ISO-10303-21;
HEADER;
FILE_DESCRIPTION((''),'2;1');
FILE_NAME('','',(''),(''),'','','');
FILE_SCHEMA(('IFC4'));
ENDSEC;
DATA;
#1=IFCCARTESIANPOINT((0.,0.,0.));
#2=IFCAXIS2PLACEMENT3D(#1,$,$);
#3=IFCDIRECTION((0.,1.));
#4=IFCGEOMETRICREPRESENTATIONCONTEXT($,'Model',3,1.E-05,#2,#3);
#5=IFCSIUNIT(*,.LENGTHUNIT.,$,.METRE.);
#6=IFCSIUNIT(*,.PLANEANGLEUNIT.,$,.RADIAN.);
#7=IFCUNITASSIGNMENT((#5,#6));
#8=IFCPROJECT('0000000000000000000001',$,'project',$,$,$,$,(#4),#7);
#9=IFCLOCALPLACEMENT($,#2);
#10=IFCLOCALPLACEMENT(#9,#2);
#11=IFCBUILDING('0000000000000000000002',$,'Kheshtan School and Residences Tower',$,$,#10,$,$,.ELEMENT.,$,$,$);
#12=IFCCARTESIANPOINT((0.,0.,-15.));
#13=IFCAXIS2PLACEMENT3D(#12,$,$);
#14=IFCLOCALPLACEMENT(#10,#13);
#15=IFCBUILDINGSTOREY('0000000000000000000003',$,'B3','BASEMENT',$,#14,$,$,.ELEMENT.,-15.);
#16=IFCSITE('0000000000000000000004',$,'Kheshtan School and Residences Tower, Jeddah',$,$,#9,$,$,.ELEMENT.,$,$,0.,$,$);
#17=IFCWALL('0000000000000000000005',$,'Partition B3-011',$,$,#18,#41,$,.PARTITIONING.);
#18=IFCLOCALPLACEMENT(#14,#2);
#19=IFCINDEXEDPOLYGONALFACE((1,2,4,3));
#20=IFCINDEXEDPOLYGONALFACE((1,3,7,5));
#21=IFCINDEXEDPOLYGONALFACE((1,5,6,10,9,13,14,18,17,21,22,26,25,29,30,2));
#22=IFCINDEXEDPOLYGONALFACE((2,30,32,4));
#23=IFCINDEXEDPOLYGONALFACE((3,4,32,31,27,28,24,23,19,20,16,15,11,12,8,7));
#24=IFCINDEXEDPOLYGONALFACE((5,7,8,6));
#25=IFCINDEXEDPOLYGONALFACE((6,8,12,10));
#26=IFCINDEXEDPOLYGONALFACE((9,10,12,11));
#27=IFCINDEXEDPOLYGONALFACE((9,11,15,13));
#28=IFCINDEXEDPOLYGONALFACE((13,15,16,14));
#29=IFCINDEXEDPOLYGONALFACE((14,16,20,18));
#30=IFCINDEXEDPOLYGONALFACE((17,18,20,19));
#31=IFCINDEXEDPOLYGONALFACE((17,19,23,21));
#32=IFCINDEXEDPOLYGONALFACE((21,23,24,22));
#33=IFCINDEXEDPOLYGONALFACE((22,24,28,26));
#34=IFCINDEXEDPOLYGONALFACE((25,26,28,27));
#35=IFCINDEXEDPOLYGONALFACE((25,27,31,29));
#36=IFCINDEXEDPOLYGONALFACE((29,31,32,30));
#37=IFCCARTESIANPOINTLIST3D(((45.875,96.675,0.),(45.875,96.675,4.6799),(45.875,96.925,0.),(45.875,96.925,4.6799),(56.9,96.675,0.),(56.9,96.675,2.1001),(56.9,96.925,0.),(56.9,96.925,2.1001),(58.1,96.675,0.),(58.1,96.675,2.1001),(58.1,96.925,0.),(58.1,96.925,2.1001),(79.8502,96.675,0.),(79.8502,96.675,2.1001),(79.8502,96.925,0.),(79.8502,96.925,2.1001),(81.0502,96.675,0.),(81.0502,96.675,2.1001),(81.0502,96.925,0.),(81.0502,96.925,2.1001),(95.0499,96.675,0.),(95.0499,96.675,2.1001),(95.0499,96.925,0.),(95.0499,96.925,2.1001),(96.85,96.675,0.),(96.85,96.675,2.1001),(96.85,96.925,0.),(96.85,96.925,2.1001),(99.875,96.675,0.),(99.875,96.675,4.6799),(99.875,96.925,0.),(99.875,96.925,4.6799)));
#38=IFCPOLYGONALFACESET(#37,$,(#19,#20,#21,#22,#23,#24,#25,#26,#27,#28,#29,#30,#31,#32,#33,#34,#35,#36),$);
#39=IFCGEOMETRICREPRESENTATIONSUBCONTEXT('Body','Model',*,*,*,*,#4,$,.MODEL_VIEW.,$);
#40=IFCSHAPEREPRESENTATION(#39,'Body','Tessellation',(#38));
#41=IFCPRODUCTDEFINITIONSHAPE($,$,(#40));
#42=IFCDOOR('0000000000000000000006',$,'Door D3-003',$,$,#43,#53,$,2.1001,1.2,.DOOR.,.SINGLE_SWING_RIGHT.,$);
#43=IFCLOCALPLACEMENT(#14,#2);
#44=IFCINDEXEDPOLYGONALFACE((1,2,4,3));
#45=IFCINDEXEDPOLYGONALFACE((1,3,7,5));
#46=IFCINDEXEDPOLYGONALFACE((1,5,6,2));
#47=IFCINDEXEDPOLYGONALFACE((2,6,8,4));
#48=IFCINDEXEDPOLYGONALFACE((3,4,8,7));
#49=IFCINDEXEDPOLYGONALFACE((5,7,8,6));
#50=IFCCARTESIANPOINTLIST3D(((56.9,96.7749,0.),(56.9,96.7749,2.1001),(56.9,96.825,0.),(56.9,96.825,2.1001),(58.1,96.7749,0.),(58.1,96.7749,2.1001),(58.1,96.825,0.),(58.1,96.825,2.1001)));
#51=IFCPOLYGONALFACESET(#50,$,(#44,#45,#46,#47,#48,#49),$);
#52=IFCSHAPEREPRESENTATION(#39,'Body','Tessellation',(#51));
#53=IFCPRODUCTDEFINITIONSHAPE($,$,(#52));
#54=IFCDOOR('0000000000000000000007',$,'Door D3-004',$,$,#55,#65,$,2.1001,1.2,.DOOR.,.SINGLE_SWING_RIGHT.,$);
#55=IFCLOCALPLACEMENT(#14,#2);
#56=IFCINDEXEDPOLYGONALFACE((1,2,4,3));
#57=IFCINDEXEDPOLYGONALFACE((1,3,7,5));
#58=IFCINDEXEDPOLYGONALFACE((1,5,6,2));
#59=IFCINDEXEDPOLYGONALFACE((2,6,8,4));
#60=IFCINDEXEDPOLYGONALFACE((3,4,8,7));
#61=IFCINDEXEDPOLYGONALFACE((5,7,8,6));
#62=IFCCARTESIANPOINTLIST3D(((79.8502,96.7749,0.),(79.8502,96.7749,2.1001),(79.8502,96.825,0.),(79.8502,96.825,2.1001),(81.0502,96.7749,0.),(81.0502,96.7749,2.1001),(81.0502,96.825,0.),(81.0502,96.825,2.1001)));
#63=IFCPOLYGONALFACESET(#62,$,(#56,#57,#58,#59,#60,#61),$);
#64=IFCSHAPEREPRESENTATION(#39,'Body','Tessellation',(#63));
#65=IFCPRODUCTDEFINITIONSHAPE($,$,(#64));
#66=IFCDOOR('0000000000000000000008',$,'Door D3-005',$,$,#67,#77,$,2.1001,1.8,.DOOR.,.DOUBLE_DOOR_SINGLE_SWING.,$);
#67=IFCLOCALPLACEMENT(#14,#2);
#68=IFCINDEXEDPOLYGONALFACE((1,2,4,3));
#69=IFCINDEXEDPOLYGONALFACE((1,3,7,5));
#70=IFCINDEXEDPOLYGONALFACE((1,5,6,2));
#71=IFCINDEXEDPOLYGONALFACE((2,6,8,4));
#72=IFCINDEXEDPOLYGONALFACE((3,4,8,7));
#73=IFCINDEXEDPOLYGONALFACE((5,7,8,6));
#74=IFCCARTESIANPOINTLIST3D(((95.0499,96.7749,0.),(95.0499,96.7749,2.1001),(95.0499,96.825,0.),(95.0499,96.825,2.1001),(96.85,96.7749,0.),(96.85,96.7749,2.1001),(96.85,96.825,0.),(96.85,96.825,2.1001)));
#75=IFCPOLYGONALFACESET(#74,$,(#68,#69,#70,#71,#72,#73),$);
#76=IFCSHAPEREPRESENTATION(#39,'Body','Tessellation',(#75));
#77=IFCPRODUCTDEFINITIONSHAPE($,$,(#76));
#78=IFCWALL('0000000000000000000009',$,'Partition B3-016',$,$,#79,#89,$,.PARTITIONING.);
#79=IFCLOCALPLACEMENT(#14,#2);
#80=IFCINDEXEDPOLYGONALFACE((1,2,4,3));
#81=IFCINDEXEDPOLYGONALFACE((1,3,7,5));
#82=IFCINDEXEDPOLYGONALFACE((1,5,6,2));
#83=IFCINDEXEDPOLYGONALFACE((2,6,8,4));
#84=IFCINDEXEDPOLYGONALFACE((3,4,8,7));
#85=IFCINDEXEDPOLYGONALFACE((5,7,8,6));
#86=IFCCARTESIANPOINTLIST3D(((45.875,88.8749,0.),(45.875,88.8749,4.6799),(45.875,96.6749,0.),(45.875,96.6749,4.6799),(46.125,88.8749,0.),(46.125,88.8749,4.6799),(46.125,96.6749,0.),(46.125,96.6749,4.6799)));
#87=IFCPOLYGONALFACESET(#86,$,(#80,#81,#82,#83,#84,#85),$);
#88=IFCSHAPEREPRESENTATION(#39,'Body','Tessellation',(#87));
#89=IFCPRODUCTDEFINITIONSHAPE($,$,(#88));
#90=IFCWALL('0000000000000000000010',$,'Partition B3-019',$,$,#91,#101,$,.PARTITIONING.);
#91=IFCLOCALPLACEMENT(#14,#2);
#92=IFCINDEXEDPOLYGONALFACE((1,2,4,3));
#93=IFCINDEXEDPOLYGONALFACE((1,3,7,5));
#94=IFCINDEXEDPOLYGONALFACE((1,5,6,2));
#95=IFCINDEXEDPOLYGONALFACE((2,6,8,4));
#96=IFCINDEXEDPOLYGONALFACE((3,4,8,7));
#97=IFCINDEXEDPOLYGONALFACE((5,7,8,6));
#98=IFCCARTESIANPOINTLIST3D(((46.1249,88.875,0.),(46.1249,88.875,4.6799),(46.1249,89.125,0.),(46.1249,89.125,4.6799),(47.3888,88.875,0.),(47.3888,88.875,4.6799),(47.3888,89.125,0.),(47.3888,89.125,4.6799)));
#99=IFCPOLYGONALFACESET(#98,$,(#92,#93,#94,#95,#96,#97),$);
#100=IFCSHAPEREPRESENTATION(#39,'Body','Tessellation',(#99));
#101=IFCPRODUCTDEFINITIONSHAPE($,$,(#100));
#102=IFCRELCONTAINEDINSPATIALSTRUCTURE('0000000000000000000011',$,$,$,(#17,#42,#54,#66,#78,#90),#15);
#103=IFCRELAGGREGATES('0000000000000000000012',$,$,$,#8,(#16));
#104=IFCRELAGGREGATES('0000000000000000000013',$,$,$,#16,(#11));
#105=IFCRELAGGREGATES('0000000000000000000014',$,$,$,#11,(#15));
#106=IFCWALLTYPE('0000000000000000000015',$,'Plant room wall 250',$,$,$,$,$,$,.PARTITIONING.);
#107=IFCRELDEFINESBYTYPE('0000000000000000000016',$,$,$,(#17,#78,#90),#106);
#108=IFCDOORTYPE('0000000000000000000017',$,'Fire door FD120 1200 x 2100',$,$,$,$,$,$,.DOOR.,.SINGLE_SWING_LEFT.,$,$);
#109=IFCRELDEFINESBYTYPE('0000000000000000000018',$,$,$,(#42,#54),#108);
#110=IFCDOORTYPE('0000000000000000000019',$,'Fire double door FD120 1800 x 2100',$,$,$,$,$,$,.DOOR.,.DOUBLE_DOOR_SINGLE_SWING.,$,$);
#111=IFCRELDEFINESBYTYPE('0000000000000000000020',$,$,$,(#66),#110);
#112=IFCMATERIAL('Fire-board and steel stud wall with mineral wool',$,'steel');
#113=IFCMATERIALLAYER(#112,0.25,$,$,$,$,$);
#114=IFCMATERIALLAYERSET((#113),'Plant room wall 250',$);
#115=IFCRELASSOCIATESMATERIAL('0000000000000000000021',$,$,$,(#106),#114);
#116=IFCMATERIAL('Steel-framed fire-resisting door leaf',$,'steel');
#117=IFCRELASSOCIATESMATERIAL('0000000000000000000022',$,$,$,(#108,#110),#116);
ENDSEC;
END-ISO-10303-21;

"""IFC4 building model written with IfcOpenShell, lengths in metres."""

from ifc_helpers import new_model, si_unit, direction, frame, frame_2d, origin, place, context, subcontext, project, spatial, rectangle, extrude, source, transform, mapped, material, layer, layer_set, type_object, element, fill, save


model = new_model("IFC4")

# Units and contexts
model_context = context("Model", 3, precision=1e-05, world=origin(), true_north=direction((0.0, 1.0)))
body_context = subcontext(model_context, "Body", "Model", "MODEL_VIEW")
ifc_project = project(units=[si_unit("LENGTHUNIT", "METRE"), si_unit("PLANEANGLEUNIT", "RADIAN")], contexts=[model_context])

# Site, building, storey
site_placement = place(None, origin())
site = spatial("IfcSite", under=ifc_project, at=site_placement, Name="Kheshtan School and Residences Tower, Jeddah", CompositionType="ELEMENT", RefElevation=0.0)
building_placement = place(site_placement, origin())
building = spatial("IfcBuilding", under=site, at=building_placement, Name="Kheshtan School and Residences Tower", CompositionType="ELEMENT")
storey_placement = place(building_placement, frame((0.0, 0.0, -15.0)))
storey = spatial("IfcBuildingStorey", under=building, at=storey_placement, Name="B3", Description="BASEMENT", CompositionType="ELEMENT", Elevation=-15.0)

# Wall, openings, doors
ifc_material_1 = material(Name="Fire-board and steel stud wall with mineral wool", Category="steel")
ifc_layer = layer(ifc_material_1, 0.25)
ifc_layer_set = layer_set([ifc_layer], Name="Plant room wall 250")
wall_type = type_object("IfcWallType", Name="Plant room wall 250", PredefinedType="PARTITIONING", material=ifc_layer_set)
wall_1_placement = place(storey_placement, frame((45.875, 96.8, 0.0), z_axis=(0.0, 0.0, 1.0), x_axis=(1.0, 0.0, 0.0)))
wall_1 = element("IfcWall", 1, at=wall_1_placement, inside=storey, type_object=wall_type, Name="Partition B3-011", PredefinedType="PARTITIONING", context=body_context, shape_type="SweptSolid", body=[
    extrude(rectangle(XDim=54.0, YDim=0.25, at=frame_2d((27.0, 0.0))), origin(), (0.0, 0.0, 1.0), 4.6799),
])
opening_1_placement = place(wall_1_placement, frame((11.0249, 0.0, 0.0)))
opening_1 = element("IfcOpeningElement", 2, at=opening_1_placement, cuts=wall_1, PredefinedType="OPENING", context=body_context, shape_type="SweptSolid", body=[
    extrude(rectangle(XDim=1.2, YDim=2.1001, at=frame_2d((0.6001, 1.05))), frame((0.0, 0.135, 0.0), z_axis=(0.0, -1.0, 0.0), x_axis=(1.0, 0.0, 0.0)), (0.0, 0.0, 1.0), 0.27),
])
opening_2_placement = place(wall_1_placement, frame((33.9751, 0.0, 0.0)))
opening_2 = element("IfcOpeningElement", 3, at=opening_2_placement, cuts=wall_1, PredefinedType="OPENING", context=body_context, shape_type="SweptSolid", body=[
    extrude(rectangle(XDim=1.2, YDim=2.1001, at=frame_2d((0.6001, 1.05))), frame((0.0, 0.135, 0.0), z_axis=(0.0, -1.0, 0.0), x_axis=(1.0, 0.0, 0.0)), (0.0, 0.0, 1.0), 0.27),
])
opening_3_placement = place(wall_1_placement, frame((49.175, 0.0, 0.0)))
opening_3 = element("IfcOpeningElement", 4, at=opening_3_placement, cuts=wall_1, PredefinedType="OPENING", context=body_context, shape_type="SweptSolid", body=[
    extrude(rectangle(XDim=1.8, YDim=2.1001, at=frame_2d((0.8999, 1.05))), frame((0.0, 0.135, 0.0), z_axis=(0.0, -1.0, 0.0), x_axis=(1.0, 0.0, 0.0)), (0.0, 0.0, 1.0), 0.27),
])
ifc_material_2 = material(Name="Steel-framed fire-resisting door leaf", Category="steel")
door_type_1 = type_object("IfcDoorType", Name="Fire door FD120 1200 x 2100", OperationType="SINGLE_SWING_LEFT", PredefinedType="DOOR", material=ifc_material_2)
shared_shape_1 = source(origin(), body_context, "Body", "SweptSolid", [
    extrude(rectangle(XDim=1.2, YDim=2.1001, at=frame_2d((0.6001, 1.05))), frame((0.0, 0.0249, 0.0), z_axis=(0.0, -1.0, 0.0), x_axis=(1.0, 0.0, 0.0)), (0.0, 0.0, 1.0), 0.05),
])
door_1_placement = place(opening_1_placement, origin())
door_1 = element("IfcDoor", 5, at=door_1_placement, inside=storey, type_object=door_type_1, Name="Door D3-003", OperationType="SINGLE_SWING_RIGHT", OverallHeight=2.1001, OverallWidth=1.2, PredefinedType="DOOR", context=body_context, shape_type="MappedRepresentation", body=[
    mapped(shared_shape_1, transform((0.0, 0.0, 0.0), x_axis=(1.0, 0.0, 0.0), y_axis=(0.0, 1.0, 0.0), z_axis=(0.0, 0.0, 1.0), scale=1.0)),
])
fill(opening_1, door_1)
door_2_placement = place(opening_2_placement, origin())
door_2 = element("IfcDoor", 6, at=door_2_placement, inside=storey, type_object=door_type_1, Name="Door D3-004", OperationType="SINGLE_SWING_RIGHT", OverallHeight=2.1001, OverallWidth=1.2, PredefinedType="DOOR", context=body_context, shape_type="MappedRepresentation", body=[
    mapped(shared_shape_1, transform((0.0, 0.0, 0.0), x_axis=(1.0, 0.0, 0.0), y_axis=(0.0, 1.0, 0.0), z_axis=(0.0, 0.0, 1.0), scale=1.0)),
])
fill(opening_2, door_2)
door_type_2 = type_object("IfcDoorType", Name="Fire double door FD120 1800 x 2100", OperationType="DOUBLE_DOOR_SINGLE_SWING", PredefinedType="DOOR", material=ifc_material_2)
shared_shape_2 = source(origin(), body_context, "Body", "SweptSolid", [
    extrude(rectangle(XDim=1.8, YDim=2.1001, at=frame_2d((0.8999, 1.05))), frame((0.0, 0.0249, 0.0), z_axis=(0.0, -1.0, 0.0), x_axis=(1.0, 0.0, 0.0)), (0.0, 0.0, 1.0), 0.05),
])
door_3_placement = place(opening_3_placement, origin())
door_3 = element("IfcDoor", 7, at=door_3_placement, inside=storey, type_object=door_type_2, Name="Door D3-005", OperationType="DOUBLE_DOOR_SINGLE_SWING", OverallHeight=2.1001, OverallWidth=1.8, PredefinedType="DOOR", context=body_context, shape_type="MappedRepresentation", body=[
    mapped(shared_shape_2, transform((0.0, 0.0, 0.0), x_axis=(1.0, 0.0, 0.0), y_axis=(0.0, 1.0, 0.0), z_axis=(0.0, 0.0, 1.0), scale=1.0)),
])
fill(opening_3, door_3)

# Walls
wall_2_placement = place(storey_placement, frame((46.0, 88.875, 0.0), z_axis=(0.0, 0.0, 1.0), x_axis=(0.0, 1.0, 0.0)))
element("IfcWall", 8, at=wall_2_placement, inside=storey, type_object=wall_type, Name="Partition B3-016", PredefinedType="PARTITIONING", context=body_context, shape_type="SweptSolid", body=[
    extrude(rectangle(XDim=7.8, YDim=0.25, at=frame_2d((3.8999, 0.0))), origin(), (0.0, 0.0, 1.0), 4.6799),
])
wall_3_placement = place(storey_placement, frame((46.125, 89.0, 0.0), z_axis=(0.0, 0.0, 1.0), x_axis=(1.0, 0.0, 0.0)))
element("IfcWall", 9, at=wall_3_placement, inside=storey, type_object=wall_type, Name="Partition B3-019", PredefinedType="PARTITIONING", context=body_context, shape_type="SweptSolid", body=[
    extrude(rectangle(XDim=1.2639, YDim=0.25, at=frame_2d((0.6318, 0.0))), origin(), (0.0, 0.0, 1.0), 4.6799),
])

save(model, "model.ifc")
